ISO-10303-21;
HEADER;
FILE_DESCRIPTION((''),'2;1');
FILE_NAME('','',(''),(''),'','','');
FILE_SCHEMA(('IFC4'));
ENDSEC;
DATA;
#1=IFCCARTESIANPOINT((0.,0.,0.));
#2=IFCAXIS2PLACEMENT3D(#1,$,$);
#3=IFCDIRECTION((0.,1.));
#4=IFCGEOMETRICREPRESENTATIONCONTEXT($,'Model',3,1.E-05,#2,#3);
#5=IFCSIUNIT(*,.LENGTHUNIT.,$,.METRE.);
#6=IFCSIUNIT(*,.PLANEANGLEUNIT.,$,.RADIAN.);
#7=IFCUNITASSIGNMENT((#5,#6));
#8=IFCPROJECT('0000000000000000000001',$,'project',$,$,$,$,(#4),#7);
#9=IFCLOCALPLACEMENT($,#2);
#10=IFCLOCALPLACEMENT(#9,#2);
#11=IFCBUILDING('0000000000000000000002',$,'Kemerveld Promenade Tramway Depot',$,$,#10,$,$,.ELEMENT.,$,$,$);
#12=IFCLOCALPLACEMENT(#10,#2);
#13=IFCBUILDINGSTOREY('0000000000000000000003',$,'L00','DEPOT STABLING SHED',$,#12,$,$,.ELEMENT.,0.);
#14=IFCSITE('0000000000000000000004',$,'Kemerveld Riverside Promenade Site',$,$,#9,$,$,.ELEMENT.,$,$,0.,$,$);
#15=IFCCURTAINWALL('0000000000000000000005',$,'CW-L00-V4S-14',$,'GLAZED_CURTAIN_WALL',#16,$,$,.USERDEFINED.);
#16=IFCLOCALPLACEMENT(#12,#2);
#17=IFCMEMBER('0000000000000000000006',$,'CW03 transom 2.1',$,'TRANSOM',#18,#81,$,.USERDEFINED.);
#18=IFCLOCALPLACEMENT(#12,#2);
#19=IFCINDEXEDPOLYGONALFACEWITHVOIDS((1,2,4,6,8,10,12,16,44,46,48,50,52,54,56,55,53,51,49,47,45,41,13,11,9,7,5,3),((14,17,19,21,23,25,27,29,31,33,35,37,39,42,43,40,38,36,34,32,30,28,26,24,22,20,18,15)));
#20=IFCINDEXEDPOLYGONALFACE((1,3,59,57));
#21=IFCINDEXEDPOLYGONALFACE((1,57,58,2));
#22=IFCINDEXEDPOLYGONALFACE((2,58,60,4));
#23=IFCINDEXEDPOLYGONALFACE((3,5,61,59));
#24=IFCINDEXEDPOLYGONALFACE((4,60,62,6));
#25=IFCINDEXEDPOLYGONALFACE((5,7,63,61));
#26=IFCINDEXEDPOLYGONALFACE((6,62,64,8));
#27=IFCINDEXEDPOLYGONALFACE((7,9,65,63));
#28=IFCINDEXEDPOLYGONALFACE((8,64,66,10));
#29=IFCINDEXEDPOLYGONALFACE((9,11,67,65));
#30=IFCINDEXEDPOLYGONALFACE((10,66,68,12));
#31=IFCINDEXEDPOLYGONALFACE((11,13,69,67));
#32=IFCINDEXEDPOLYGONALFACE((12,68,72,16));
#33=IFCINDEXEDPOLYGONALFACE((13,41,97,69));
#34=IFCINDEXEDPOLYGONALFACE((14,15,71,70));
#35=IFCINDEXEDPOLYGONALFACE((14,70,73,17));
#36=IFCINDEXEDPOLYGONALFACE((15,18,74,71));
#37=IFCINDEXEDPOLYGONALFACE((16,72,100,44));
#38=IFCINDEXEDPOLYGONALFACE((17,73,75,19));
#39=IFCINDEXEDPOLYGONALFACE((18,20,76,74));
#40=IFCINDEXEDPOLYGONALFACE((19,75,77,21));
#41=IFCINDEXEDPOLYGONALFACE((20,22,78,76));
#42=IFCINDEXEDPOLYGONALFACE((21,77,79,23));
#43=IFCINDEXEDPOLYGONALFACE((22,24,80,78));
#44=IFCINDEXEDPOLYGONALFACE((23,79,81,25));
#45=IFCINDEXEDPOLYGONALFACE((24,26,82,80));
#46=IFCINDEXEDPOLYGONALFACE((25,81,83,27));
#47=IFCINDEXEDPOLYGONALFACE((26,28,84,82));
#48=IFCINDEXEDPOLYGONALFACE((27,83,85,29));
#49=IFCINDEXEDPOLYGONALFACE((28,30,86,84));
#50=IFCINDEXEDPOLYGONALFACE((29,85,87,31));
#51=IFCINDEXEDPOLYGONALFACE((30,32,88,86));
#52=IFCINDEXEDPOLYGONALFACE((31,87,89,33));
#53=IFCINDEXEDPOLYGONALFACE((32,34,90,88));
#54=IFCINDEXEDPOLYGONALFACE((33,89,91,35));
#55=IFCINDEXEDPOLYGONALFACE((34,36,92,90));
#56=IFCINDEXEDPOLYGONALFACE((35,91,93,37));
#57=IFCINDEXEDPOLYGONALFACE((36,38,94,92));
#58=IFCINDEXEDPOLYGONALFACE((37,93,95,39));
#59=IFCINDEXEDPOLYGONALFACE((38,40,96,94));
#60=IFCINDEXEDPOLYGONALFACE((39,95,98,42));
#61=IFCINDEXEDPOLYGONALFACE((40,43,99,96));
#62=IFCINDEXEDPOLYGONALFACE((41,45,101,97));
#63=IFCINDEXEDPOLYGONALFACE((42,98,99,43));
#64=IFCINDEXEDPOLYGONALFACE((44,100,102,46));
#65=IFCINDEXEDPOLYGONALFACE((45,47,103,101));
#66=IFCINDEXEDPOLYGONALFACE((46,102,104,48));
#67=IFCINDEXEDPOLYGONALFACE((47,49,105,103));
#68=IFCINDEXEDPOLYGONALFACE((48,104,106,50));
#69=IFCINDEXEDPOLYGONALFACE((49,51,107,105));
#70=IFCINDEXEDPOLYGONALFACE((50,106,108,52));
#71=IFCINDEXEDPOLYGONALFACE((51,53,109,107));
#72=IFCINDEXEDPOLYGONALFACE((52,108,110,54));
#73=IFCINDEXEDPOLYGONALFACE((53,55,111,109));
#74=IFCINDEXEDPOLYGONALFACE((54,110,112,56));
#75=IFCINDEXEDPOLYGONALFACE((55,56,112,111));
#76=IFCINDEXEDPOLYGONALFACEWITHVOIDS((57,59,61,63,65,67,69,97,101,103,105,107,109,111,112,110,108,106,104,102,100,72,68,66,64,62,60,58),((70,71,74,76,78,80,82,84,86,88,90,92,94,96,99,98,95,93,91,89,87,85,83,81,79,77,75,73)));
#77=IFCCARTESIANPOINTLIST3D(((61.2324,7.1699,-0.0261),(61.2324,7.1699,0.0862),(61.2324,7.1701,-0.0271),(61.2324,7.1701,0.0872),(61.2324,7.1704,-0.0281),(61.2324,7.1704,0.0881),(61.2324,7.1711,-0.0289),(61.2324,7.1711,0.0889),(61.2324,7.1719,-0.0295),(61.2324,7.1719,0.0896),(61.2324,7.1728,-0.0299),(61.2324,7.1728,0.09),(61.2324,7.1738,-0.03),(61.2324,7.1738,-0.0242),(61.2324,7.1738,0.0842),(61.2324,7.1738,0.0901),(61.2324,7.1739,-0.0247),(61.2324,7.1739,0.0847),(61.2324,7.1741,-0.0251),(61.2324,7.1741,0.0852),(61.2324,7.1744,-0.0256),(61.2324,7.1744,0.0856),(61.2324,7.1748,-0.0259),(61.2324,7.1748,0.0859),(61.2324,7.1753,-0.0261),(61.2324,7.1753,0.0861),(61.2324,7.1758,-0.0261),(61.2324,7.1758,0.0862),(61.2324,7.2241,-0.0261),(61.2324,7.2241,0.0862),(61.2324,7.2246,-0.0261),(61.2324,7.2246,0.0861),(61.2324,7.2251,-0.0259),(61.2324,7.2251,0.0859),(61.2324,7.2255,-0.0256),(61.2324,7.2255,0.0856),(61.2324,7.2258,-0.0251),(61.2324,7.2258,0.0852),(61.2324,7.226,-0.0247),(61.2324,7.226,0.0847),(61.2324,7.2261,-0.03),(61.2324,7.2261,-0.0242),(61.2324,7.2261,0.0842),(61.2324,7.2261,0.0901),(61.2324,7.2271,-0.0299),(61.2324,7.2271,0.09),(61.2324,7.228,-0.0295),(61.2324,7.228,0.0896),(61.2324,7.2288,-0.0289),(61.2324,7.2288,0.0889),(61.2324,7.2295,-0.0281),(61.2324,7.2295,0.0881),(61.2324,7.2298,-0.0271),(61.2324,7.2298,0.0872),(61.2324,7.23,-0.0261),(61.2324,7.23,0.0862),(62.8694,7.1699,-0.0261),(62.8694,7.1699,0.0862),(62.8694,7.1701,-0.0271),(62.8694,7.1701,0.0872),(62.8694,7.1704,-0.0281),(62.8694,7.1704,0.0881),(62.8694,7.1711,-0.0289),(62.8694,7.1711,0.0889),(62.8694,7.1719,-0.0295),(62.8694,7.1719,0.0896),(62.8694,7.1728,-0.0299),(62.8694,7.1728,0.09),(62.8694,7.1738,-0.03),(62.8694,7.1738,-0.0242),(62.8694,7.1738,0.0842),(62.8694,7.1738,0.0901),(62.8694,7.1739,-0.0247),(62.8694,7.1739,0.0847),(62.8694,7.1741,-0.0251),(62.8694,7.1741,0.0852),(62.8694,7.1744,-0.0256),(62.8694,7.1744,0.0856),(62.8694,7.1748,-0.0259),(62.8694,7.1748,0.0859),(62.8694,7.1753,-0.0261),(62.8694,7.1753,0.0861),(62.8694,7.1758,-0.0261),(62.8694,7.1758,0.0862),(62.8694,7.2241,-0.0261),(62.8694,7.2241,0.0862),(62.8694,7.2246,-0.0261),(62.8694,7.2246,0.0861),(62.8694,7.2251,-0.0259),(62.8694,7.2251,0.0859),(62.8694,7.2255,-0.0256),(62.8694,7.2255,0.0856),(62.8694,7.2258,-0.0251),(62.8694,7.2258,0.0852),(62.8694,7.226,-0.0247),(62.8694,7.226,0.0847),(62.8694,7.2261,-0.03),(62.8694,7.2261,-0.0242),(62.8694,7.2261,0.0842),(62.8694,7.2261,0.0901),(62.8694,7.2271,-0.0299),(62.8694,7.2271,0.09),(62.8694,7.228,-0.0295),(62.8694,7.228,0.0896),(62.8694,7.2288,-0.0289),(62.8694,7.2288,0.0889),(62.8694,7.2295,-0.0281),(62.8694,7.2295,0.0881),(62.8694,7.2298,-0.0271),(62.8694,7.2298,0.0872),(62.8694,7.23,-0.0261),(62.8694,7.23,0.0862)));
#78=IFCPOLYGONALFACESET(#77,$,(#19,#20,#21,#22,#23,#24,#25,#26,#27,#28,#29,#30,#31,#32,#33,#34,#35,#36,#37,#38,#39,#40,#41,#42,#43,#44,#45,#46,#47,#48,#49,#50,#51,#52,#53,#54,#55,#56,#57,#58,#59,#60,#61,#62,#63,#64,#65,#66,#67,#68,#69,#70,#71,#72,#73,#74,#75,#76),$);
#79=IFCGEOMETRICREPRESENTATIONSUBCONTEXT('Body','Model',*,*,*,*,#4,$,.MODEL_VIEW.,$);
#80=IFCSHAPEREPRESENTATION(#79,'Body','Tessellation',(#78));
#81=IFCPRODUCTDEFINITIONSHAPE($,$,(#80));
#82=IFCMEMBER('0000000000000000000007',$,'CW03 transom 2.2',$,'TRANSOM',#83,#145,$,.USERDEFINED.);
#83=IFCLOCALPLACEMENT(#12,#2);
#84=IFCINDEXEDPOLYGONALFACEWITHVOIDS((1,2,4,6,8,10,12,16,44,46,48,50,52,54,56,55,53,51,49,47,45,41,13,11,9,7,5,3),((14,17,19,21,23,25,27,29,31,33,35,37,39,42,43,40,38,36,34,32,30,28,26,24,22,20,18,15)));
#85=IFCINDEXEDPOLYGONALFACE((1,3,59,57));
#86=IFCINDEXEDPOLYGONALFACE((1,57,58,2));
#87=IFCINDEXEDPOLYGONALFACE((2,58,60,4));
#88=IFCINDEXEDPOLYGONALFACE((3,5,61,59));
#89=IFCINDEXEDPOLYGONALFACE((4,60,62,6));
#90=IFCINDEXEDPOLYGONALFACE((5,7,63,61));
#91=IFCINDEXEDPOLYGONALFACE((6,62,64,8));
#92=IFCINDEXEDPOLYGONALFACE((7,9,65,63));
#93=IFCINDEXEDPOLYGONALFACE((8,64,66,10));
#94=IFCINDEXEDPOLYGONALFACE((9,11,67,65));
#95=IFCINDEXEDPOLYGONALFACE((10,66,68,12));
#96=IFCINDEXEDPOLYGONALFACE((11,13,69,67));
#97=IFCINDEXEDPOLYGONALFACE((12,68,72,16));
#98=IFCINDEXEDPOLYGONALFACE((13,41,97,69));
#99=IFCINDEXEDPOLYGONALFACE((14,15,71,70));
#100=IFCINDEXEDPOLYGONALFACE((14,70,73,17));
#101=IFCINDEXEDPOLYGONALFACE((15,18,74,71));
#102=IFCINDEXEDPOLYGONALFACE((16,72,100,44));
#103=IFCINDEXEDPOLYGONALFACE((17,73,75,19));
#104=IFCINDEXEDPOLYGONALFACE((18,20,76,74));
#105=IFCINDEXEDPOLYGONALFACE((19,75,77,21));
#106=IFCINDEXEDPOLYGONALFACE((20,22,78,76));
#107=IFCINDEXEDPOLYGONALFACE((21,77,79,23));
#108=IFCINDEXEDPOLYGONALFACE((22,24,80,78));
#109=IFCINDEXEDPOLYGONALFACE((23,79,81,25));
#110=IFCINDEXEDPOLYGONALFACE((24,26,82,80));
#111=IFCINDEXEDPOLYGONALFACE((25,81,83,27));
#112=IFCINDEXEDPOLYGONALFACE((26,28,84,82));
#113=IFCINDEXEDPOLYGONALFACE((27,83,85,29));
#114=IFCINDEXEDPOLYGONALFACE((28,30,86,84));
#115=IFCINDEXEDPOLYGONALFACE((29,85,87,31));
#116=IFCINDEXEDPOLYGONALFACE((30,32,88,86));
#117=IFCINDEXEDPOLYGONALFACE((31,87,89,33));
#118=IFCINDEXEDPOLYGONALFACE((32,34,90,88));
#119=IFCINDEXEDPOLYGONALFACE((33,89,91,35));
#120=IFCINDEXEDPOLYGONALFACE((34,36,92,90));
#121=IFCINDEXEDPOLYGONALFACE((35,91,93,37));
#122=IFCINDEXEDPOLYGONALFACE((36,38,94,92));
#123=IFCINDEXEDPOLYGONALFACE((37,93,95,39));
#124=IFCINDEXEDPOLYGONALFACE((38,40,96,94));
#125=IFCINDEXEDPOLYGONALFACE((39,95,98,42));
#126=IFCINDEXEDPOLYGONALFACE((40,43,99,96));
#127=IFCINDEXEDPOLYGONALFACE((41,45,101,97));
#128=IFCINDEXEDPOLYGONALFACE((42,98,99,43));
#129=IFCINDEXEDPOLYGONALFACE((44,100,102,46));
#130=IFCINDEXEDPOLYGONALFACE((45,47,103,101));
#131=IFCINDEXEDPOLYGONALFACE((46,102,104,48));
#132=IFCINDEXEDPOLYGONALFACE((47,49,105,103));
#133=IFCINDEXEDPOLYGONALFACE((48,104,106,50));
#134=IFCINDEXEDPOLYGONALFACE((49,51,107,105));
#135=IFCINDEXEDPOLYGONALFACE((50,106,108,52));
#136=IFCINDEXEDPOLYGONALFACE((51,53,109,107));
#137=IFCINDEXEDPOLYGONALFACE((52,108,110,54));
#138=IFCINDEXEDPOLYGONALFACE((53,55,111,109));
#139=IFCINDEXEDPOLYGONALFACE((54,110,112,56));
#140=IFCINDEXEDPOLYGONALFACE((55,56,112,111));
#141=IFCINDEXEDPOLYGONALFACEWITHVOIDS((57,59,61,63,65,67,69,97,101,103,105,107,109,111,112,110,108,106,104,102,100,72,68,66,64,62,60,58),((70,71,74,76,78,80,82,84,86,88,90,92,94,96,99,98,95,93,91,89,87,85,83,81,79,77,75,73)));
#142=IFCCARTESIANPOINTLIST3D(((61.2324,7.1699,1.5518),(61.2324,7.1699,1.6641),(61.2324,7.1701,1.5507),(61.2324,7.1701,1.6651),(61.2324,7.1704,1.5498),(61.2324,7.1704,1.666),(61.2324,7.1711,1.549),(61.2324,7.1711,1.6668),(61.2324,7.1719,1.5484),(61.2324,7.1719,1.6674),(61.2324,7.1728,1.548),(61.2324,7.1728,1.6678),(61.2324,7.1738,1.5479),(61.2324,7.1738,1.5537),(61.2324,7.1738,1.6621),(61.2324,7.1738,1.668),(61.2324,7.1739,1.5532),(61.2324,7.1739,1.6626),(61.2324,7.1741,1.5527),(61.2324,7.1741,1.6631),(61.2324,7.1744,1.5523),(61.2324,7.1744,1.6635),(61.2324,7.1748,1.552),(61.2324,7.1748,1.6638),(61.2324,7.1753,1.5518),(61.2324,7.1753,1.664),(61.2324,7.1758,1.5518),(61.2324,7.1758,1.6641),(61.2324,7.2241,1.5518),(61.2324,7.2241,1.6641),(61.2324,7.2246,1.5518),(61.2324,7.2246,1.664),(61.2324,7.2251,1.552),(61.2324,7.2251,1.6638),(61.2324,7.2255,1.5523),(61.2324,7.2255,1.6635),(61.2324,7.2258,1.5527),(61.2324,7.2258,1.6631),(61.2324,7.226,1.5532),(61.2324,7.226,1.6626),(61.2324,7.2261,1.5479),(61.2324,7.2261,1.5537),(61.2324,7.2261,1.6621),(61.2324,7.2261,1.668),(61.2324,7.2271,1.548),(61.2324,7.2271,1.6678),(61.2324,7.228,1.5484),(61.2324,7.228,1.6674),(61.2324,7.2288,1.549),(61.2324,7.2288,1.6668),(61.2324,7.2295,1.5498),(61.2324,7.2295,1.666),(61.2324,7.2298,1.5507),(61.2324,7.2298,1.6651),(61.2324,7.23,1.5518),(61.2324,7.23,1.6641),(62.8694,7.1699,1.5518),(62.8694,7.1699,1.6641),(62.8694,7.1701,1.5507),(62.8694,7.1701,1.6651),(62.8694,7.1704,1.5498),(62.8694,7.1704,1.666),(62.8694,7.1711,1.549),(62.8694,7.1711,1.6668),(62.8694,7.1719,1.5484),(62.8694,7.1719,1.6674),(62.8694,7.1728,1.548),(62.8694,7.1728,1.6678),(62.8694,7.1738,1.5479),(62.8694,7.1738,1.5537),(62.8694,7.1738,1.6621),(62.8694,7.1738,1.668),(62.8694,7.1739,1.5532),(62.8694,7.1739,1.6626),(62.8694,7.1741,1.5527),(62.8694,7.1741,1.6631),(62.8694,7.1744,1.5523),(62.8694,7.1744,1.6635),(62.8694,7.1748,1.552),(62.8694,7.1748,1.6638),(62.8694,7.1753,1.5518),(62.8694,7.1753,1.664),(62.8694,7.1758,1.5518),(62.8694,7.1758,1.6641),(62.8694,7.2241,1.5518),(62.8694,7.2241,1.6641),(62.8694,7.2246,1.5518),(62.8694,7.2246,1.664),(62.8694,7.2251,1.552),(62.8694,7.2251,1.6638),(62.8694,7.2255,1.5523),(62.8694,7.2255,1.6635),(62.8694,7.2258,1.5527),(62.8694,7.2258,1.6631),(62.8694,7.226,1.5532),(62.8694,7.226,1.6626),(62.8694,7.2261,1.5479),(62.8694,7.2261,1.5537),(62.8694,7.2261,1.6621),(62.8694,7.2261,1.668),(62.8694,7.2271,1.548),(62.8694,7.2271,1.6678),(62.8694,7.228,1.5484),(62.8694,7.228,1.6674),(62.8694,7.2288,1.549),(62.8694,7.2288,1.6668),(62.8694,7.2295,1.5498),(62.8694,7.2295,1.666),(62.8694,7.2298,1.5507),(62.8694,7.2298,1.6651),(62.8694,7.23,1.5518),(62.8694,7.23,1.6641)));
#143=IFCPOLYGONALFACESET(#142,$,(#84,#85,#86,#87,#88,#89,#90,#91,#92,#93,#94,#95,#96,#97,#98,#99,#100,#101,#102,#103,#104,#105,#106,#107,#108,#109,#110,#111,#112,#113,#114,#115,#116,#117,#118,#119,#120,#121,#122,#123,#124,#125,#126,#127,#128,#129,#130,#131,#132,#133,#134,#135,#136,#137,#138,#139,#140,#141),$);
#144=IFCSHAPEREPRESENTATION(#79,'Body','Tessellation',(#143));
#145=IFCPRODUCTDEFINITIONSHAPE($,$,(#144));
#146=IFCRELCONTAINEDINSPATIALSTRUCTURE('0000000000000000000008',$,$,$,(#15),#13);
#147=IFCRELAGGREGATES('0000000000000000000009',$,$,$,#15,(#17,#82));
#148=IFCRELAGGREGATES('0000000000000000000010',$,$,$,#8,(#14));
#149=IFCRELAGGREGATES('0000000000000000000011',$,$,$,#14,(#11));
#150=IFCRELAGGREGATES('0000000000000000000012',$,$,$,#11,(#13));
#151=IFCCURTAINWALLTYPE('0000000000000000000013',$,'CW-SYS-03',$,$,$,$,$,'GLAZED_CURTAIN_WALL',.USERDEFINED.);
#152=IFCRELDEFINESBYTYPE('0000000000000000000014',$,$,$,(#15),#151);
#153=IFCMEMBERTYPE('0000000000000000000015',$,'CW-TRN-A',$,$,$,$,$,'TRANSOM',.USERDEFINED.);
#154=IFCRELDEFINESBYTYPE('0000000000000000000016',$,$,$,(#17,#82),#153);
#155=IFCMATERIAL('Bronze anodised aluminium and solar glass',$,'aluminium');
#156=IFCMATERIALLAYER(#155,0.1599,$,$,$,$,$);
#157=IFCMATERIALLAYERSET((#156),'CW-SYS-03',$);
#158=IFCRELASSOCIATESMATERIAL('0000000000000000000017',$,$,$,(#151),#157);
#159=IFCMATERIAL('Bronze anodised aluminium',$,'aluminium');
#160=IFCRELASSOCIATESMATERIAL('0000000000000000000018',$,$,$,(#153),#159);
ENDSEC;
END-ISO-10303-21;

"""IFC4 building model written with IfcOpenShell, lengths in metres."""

from ifc_helpers import new_model, si_unit, direction, frame, origin, origin_2d, place, context, subcontext, project, spatial, hollow_rectangle, extrude, material, layer, layer_set, material_profile, profile_set, type_object, element, aggregate, save


model = new_model("IFC4")

# Units and contexts
model_context = context("Model", 3, precision=1e-05, world=origin(), true_north=direction((0.0, 1.0)))
body_context = subcontext(model_context, "Body", "Model", "MODEL_VIEW")
ifc_project = project(units=[si_unit("LENGTHUNIT", "METRE"), si_unit("PLANEANGLEUNIT", "RADIAN")], contexts=[model_context])

# Site, building, storey
site_placement = place(None, origin())
site = spatial("IfcSite", under=ifc_project, at=site_placement, Name="Kemerveld Riverside Promenade Site", CompositionType="ELEMENT", RefElevation=0.0)
building_placement = place(site_placement, origin())
building = spatial("IfcBuilding", under=site, at=building_placement, Name="Kemerveld Promenade Tramway Depot", CompositionType="ELEMENT")
storey_placement = place(building_placement, origin())
storey = spatial("IfcBuildingStorey", under=building, at=storey_placement, Name="L00", Description="DEPOT STABLING SHED", CompositionType="ELEMENT", Elevation=0.0)

# Curtain wall, members
ifc_material_1 = material(Name="Bronze anodised aluminium and solar glass", Category="aluminium")
ifc_layer_1 = layer(ifc_material_1, 0.1599)
ifc_layer_set_1 = layer_set([ifc_layer_1], Name="CW-SYS-03")
curtain_wall_type = type_object("IfcCurtainWallType", Name="CW-SYS-03", ElementType="GLAZED_CURTAIN_WALL", PredefinedType="USERDEFINED", material=ifc_layer_set_1)
curtain_wall_placement = place(storey_placement, origin())
curtain_wall = element("IfcCurtainWall", 1, at=curtain_wall_placement, inside=storey, type_object=curtain_wall_type, Name="CW-L00-V4S-14", ObjectType="GLAZED_CURTAIN_WALL", PredefinedType="USERDEFINED")
ifc_material_2 = material(Name="Bronze anodised aluminium", Category="aluminium")
ifc_material_profile_1 = material_profile(ifc_material_2, hollow_rectangle(XDim=0.0601, YDim=0.1201, WallThickness=0.0039, InnerFilletRadius=0.002, OuterFilletRadius=0.0039, at=origin_2d()), Name="CW-TRN-120x60")
ifc_profile_set_1 = profile_set([ifc_material_profile_1], Name="Bronze anodised aluminium")
member_type_1 = type_object("IfcMemberType", Name="CW-TRN-A", ElementType="TRANSOM", PredefinedType="USERDEFINED", material=ifc_profile_set_1)
member_1_placement = place(storey_placement, frame((62.8694, 7.2, 0.03), z_axis=(-1.0, 0.0, 0.0), x_axis=(0.0, -1.0, 0.0)))
member_1 = element("IfcMember", 2, at=member_1_placement, type_object=member_type_1, Name="CW03 transom 2.1", ObjectType="TRANSOM", PredefinedType="USERDEFINED", context=body_context, shape_type="SweptSolid", body=[
    extrude(hollow_rectangle(XDim=0.0601, YDim=0.1201, WallThickness=0.0039, InnerFilletRadius=0.002, OuterFilletRadius=0.0039, at=origin_2d()), origin(), (0.0, 0.0, 1.0), 1.637),
])
member_2_placement = place(storey_placement, frame((62.8694, 7.2, 1.6079), z_axis=(-1.0, 0.0, 0.0), x_axis=(0.0, -1.0, 0.0)))
member_2 = element("IfcMember", 3, at=member_2_placement, type_object=member_type_1, Name="CW03 transom 2.2", ObjectType="TRANSOM", PredefinedType="USERDEFINED", context=body_context, shape_type="SweptSolid", body=[
    extrude(hollow_rectangle(XDim=0.0601, YDim=0.1201, WallThickness=0.0039, InnerFilletRadius=0.002, OuterFilletRadius=0.0039, at=origin_2d()), origin(), (0.0, 0.0, 1.0), 1.637),
])
aggregate(curtain_wall, [member_1, member_2])

save(model, "model.ifc")
